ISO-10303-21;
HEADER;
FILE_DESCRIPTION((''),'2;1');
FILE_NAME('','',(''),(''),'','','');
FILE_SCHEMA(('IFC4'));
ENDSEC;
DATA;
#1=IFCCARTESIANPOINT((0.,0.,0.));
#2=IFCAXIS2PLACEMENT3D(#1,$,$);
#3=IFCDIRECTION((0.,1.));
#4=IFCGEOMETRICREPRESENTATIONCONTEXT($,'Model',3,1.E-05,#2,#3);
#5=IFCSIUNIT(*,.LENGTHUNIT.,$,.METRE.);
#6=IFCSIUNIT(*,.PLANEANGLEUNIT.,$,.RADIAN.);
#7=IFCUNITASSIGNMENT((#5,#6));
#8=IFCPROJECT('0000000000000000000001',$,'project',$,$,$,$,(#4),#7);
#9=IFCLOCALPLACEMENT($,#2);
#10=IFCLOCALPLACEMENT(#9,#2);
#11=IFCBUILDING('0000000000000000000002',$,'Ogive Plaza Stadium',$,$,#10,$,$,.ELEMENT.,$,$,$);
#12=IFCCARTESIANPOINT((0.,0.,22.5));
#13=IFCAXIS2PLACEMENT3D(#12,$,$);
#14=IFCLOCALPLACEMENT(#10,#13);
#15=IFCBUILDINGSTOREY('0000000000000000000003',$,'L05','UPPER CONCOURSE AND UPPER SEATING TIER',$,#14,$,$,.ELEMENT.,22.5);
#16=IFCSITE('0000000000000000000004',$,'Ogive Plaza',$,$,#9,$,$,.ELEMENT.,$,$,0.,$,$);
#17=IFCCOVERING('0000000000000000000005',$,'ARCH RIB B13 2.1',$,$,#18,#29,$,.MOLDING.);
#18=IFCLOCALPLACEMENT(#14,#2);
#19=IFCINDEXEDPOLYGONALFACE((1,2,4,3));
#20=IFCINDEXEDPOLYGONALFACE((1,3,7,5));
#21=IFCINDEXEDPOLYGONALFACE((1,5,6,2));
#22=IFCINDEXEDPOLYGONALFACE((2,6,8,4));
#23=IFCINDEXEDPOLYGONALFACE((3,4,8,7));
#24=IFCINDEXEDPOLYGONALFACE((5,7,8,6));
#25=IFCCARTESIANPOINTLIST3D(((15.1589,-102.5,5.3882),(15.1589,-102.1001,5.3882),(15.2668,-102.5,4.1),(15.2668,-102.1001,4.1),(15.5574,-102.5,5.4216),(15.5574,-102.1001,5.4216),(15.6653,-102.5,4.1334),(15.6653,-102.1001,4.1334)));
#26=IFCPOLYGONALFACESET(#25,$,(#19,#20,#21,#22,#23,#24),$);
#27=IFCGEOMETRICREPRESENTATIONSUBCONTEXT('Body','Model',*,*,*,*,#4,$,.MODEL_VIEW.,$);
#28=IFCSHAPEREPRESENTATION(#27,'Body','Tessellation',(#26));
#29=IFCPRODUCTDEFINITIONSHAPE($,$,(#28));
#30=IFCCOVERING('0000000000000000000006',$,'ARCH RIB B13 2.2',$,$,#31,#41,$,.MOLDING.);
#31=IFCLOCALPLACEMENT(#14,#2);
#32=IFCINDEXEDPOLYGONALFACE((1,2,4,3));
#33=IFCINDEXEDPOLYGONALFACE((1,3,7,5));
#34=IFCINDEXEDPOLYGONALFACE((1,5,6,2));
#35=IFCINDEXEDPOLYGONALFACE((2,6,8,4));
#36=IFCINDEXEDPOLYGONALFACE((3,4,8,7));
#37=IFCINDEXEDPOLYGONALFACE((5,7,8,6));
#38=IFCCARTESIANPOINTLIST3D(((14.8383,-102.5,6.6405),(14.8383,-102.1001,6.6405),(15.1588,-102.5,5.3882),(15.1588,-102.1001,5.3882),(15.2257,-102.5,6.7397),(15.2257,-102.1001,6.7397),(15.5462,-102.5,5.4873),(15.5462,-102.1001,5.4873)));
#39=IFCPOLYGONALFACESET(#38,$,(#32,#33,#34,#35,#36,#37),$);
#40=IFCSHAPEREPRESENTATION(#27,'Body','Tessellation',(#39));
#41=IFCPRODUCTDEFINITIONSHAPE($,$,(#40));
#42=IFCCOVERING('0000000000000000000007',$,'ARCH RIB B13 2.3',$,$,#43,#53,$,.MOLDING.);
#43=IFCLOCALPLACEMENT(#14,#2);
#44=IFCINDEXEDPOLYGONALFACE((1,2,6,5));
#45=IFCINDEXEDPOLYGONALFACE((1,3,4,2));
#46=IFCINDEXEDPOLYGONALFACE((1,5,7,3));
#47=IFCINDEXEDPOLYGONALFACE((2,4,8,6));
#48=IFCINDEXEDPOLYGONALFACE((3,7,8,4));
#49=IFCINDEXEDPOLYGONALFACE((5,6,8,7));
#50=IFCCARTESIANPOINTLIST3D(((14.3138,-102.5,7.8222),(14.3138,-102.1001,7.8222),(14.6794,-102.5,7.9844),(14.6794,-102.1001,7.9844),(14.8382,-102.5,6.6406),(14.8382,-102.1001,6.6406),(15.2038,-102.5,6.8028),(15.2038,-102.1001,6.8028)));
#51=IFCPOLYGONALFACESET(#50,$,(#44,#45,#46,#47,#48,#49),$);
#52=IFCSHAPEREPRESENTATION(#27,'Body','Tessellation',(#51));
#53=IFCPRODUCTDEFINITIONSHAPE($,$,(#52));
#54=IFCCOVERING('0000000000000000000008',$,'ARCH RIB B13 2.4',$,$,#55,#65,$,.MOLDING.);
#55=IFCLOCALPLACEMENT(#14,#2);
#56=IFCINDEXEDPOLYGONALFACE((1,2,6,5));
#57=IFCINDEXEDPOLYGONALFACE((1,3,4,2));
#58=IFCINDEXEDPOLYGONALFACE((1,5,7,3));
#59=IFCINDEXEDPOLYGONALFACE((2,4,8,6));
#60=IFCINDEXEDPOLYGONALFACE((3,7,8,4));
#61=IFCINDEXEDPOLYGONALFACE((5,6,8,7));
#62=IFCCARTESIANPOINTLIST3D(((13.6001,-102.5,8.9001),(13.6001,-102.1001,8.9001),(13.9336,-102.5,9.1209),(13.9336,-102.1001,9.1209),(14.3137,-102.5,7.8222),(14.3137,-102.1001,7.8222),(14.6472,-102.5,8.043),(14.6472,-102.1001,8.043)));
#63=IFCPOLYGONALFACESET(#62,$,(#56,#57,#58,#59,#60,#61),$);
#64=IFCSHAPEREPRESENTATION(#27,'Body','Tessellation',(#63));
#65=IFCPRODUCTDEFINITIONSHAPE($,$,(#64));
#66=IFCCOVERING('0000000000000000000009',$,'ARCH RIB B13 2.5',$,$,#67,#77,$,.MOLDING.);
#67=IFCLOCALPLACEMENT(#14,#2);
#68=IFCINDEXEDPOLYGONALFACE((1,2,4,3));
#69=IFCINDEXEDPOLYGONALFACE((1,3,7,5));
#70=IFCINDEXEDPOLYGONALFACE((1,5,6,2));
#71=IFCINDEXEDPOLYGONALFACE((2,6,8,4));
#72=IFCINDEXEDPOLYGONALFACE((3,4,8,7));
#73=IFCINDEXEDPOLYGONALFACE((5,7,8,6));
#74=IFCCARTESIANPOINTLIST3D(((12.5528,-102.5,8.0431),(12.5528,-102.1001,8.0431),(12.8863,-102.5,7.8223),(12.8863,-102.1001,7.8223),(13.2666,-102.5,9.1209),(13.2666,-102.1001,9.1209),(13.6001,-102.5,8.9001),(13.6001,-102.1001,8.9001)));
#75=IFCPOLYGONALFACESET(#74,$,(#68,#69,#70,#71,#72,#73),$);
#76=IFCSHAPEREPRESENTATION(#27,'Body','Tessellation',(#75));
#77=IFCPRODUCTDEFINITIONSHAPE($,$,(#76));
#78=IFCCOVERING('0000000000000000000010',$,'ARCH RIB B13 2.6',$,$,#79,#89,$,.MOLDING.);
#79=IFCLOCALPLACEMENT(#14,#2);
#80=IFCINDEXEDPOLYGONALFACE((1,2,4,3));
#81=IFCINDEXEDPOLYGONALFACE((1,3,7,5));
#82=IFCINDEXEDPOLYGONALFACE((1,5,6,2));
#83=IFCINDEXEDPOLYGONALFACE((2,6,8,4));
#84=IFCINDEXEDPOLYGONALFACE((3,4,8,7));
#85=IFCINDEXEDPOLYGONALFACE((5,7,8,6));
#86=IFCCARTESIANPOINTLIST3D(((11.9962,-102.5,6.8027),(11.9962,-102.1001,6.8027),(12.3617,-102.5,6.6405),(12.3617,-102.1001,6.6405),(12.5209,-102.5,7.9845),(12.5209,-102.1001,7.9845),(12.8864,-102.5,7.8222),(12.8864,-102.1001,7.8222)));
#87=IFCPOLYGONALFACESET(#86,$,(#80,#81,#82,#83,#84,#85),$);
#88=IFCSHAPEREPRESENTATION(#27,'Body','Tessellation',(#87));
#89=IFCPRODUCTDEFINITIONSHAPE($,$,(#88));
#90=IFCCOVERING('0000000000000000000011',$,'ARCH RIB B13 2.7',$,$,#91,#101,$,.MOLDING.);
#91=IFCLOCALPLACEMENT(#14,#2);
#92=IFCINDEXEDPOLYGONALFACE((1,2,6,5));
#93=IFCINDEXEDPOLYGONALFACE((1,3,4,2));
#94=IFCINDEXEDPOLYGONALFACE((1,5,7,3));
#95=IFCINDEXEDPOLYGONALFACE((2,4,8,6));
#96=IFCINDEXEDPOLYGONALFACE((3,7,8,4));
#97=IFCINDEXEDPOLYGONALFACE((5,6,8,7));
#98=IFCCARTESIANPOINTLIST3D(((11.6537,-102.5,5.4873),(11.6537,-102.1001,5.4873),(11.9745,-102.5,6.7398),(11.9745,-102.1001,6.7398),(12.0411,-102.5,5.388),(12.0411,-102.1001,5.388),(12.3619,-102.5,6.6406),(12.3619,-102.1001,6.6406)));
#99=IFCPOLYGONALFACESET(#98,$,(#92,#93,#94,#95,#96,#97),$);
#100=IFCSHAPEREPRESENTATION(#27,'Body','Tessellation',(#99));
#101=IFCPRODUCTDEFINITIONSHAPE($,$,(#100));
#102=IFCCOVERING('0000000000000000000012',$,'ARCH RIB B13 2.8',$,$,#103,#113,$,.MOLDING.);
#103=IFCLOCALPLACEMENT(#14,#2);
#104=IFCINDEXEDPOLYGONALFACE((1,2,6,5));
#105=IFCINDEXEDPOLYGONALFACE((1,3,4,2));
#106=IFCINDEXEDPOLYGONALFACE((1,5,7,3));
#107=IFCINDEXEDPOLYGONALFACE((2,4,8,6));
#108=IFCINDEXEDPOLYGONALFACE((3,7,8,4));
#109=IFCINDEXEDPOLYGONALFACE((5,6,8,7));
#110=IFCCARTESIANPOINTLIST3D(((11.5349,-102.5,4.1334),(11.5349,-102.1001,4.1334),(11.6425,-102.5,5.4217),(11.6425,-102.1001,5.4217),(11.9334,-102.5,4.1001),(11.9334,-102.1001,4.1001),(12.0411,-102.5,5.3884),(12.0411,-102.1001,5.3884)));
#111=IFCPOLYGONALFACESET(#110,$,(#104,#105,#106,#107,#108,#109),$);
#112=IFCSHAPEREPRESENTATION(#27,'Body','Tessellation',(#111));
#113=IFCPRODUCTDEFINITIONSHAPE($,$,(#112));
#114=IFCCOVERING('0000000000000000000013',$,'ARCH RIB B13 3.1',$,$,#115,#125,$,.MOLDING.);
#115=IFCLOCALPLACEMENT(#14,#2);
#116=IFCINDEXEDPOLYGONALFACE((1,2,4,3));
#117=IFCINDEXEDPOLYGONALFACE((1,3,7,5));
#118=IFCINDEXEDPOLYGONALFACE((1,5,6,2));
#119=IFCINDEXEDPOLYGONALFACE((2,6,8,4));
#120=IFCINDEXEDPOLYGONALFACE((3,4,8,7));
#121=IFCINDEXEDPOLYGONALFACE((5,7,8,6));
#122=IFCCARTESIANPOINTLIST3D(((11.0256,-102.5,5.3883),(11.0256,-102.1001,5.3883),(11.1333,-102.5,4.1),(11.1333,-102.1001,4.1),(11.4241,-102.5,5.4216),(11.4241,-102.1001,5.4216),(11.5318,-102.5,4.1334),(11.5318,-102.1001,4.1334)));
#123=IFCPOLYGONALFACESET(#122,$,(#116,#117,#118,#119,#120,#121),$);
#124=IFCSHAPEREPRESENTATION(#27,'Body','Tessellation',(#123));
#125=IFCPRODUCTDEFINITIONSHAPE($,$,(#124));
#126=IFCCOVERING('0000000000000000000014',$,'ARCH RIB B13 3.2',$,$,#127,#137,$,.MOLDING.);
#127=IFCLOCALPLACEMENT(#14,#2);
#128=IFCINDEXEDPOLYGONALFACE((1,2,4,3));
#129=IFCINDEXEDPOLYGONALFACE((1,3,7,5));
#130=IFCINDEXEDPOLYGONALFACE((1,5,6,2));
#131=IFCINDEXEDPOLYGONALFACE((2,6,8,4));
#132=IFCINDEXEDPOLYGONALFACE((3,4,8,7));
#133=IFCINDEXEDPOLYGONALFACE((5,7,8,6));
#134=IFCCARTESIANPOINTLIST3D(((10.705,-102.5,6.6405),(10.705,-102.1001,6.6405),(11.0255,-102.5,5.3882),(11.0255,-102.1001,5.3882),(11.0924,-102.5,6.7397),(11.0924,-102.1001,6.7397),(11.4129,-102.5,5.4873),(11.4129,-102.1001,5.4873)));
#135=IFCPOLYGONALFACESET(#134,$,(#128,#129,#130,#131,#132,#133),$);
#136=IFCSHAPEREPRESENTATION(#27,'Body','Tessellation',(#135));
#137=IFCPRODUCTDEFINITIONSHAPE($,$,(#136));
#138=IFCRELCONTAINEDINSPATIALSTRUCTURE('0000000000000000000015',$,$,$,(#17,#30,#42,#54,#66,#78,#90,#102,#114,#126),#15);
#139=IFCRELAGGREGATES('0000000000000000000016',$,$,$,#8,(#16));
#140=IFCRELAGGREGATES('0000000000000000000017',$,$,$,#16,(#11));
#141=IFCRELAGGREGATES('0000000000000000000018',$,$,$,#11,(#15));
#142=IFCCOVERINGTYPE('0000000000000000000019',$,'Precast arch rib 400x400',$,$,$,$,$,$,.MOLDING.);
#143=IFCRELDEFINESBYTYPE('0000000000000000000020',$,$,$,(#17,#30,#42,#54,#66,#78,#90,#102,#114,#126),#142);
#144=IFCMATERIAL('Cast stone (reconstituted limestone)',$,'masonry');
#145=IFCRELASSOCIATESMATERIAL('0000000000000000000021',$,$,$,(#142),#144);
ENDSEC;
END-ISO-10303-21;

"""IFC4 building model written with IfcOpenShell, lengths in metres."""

from ifc_helpers import new_model, si_unit, direction, frame, origin, origin_2d, place, context, subcontext, project, spatial, rectangle, extrude, material, material_profile, profile_set, type_object, element, save


model = new_model("IFC4")

# Units and contexts
model_context = context("Model", 3, precision=1e-05, world=origin(), true_north=direction((0.0, 1.0)))
body_context = subcontext(model_context, "Body", "Model", "MODEL_VIEW")
ifc_project = project(units=[si_unit("LENGTHUNIT", "METRE"), si_unit("PLANEANGLEUNIT", "RADIAN")], contexts=[model_context])

# Site, building, storey
site_placement = place(None, origin())
site = spatial("IfcSite", under=ifc_project, at=site_placement, Name="Ogive Plaza", CompositionType="ELEMENT", RefElevation=0.0)
building_placement = place(site_placement, origin())
building = spatial("IfcBuilding", under=site, at=building_placement, Name="Ogive Plaza Stadium", CompositionType="ELEMENT")
storey_placement = place(building_placement, frame((0.0, 0.0, 22.5)))
storey = spatial("IfcBuildingStorey", under=building, at=storey_placement, Name="L05", Description="UPPER CONCOURSE AND UPPER SEATING TIER", CompositionType="ELEMENT", Elevation=22.5)

# Coverings
ifc_material_1 = material(Name="Cast stone (reconstituted limestone)", Category="masonry")
ifc_material_profile_1 = material_profile(ifc_material_1, rectangle(XDim=0.3999, YDim=0.3999, at=origin_2d()), Name="Cast stone 400x400")
ifc_profile_set_1 = profile_set([ifc_material_profile_1], Name="Cast stone (reconstituted limestone)")
covering_type = type_object("IfcCoveringType", Name="Precast arch rib 400x400", PredefinedType="MOLDING", material=ifc_profile_set_1)
for number, where, z_axis, x_axis, name in (
    (1, (15.4661, -102.3, 4.1167), (-0.083467, 0.0, 0.996511), (0.0, -1.0, 0.0), "ARCH RIB B13 2.1"),
    (2, (15.3525, -102.3, 5.4377), (-0.247953, 0.0, 0.968772), (0.0, -1.0, 0.0), "ARCH RIB B13 2.2"),
    (3, (15.021, -102.3, 6.7217), (-0.405648, 0.0, 0.914029), (0.0, -1.0, 0.0), "ARCH RIB B13 2.3"),
    (4, (14.4805, -102.3, 7.9326), (-0.552039, 0.0, 0.833818), (0.0, -1.0, 0.0), "ARCH RIB B13 2.4"),
    (5, (13.4333, -102.3, 9.0105), (-0.55217, 0.0, -0.833731), (0.0, -1.0, 0.0), "ARCH RIB B13 2.5"),
):
    element("IfcCovering", number, at=place(storey_placement, frame(where, z_axis=z_axis, x_axis=x_axis)), inside=storey, type_object=covering_type, Name=name, PredefinedType="MOLDING", context=body_context, shape_type="SweptSolid", body=[
        extrude(rectangle(XDim=0.3999, YDim=0.3999, at=origin_2d()), origin(), (0.0, 0.0, 1.0), 1.2927),
    ])
for number, where, z_axis, x_axis, name in (
    (6, (12.7036, -102.3, 7.9033), (-0.405806, 0.0, -0.913959), (0.0, -1.0, 0.0), "ARCH RIB B13 2.6"),
    (7, (12.1682, -102.3, 6.6902), (-0.24813, 0.0, -0.968727), (0.0, -1.0, 0.0), "ARCH RIB B13 2.7"),
):
    element("IfcCovering", number, at=place(storey_placement, frame(where, z_axis=z_axis, x_axis=x_axis)), inside=storey, type_object=covering_type, Name=name, PredefinedType="MOLDING", context=body_context, shape_type="SweptSolid", body=[
        extrude(rectangle(XDim=0.3999, YDim=0.3999, at=origin_2d()), origin(), (0.0, 0.0, 1.0), 1.293),
    ])
for number, where, z_axis, x_axis, name in (
    (8, (11.8418, -102.3, 5.405), (-0.08328, 0.0, -0.996526), (0.0, -1.0, 0.0), "ARCH RIB B13 2.8"),
    (9, (11.3325, -102.3, 4.1167), (-0.08328, 0.0, 0.996526), (0.0, -1.0, 0.0), "ARCH RIB B13 3.1"),
    (10, (11.2192, -102.3, 5.4377), (-0.247953, 0.0, 0.968772), (0.0, -1.0, 0.0), "ARCH RIB B13 3.2"),
):
    element("IfcCovering", number, at=place(storey_placement, frame(where, z_axis=z_axis, x_axis=x_axis)), inside=storey, type_object=covering_type, Name=name, PredefinedType="MOLDING", context=body_context, shape_type="SweptSolid", body=[
        extrude(rectangle(XDim=0.3999, YDim=0.3999, at=origin_2d()), origin(), (0.0, 0.0, 1.0), 1.2927),
    ])

save(model, "model.ifc")
